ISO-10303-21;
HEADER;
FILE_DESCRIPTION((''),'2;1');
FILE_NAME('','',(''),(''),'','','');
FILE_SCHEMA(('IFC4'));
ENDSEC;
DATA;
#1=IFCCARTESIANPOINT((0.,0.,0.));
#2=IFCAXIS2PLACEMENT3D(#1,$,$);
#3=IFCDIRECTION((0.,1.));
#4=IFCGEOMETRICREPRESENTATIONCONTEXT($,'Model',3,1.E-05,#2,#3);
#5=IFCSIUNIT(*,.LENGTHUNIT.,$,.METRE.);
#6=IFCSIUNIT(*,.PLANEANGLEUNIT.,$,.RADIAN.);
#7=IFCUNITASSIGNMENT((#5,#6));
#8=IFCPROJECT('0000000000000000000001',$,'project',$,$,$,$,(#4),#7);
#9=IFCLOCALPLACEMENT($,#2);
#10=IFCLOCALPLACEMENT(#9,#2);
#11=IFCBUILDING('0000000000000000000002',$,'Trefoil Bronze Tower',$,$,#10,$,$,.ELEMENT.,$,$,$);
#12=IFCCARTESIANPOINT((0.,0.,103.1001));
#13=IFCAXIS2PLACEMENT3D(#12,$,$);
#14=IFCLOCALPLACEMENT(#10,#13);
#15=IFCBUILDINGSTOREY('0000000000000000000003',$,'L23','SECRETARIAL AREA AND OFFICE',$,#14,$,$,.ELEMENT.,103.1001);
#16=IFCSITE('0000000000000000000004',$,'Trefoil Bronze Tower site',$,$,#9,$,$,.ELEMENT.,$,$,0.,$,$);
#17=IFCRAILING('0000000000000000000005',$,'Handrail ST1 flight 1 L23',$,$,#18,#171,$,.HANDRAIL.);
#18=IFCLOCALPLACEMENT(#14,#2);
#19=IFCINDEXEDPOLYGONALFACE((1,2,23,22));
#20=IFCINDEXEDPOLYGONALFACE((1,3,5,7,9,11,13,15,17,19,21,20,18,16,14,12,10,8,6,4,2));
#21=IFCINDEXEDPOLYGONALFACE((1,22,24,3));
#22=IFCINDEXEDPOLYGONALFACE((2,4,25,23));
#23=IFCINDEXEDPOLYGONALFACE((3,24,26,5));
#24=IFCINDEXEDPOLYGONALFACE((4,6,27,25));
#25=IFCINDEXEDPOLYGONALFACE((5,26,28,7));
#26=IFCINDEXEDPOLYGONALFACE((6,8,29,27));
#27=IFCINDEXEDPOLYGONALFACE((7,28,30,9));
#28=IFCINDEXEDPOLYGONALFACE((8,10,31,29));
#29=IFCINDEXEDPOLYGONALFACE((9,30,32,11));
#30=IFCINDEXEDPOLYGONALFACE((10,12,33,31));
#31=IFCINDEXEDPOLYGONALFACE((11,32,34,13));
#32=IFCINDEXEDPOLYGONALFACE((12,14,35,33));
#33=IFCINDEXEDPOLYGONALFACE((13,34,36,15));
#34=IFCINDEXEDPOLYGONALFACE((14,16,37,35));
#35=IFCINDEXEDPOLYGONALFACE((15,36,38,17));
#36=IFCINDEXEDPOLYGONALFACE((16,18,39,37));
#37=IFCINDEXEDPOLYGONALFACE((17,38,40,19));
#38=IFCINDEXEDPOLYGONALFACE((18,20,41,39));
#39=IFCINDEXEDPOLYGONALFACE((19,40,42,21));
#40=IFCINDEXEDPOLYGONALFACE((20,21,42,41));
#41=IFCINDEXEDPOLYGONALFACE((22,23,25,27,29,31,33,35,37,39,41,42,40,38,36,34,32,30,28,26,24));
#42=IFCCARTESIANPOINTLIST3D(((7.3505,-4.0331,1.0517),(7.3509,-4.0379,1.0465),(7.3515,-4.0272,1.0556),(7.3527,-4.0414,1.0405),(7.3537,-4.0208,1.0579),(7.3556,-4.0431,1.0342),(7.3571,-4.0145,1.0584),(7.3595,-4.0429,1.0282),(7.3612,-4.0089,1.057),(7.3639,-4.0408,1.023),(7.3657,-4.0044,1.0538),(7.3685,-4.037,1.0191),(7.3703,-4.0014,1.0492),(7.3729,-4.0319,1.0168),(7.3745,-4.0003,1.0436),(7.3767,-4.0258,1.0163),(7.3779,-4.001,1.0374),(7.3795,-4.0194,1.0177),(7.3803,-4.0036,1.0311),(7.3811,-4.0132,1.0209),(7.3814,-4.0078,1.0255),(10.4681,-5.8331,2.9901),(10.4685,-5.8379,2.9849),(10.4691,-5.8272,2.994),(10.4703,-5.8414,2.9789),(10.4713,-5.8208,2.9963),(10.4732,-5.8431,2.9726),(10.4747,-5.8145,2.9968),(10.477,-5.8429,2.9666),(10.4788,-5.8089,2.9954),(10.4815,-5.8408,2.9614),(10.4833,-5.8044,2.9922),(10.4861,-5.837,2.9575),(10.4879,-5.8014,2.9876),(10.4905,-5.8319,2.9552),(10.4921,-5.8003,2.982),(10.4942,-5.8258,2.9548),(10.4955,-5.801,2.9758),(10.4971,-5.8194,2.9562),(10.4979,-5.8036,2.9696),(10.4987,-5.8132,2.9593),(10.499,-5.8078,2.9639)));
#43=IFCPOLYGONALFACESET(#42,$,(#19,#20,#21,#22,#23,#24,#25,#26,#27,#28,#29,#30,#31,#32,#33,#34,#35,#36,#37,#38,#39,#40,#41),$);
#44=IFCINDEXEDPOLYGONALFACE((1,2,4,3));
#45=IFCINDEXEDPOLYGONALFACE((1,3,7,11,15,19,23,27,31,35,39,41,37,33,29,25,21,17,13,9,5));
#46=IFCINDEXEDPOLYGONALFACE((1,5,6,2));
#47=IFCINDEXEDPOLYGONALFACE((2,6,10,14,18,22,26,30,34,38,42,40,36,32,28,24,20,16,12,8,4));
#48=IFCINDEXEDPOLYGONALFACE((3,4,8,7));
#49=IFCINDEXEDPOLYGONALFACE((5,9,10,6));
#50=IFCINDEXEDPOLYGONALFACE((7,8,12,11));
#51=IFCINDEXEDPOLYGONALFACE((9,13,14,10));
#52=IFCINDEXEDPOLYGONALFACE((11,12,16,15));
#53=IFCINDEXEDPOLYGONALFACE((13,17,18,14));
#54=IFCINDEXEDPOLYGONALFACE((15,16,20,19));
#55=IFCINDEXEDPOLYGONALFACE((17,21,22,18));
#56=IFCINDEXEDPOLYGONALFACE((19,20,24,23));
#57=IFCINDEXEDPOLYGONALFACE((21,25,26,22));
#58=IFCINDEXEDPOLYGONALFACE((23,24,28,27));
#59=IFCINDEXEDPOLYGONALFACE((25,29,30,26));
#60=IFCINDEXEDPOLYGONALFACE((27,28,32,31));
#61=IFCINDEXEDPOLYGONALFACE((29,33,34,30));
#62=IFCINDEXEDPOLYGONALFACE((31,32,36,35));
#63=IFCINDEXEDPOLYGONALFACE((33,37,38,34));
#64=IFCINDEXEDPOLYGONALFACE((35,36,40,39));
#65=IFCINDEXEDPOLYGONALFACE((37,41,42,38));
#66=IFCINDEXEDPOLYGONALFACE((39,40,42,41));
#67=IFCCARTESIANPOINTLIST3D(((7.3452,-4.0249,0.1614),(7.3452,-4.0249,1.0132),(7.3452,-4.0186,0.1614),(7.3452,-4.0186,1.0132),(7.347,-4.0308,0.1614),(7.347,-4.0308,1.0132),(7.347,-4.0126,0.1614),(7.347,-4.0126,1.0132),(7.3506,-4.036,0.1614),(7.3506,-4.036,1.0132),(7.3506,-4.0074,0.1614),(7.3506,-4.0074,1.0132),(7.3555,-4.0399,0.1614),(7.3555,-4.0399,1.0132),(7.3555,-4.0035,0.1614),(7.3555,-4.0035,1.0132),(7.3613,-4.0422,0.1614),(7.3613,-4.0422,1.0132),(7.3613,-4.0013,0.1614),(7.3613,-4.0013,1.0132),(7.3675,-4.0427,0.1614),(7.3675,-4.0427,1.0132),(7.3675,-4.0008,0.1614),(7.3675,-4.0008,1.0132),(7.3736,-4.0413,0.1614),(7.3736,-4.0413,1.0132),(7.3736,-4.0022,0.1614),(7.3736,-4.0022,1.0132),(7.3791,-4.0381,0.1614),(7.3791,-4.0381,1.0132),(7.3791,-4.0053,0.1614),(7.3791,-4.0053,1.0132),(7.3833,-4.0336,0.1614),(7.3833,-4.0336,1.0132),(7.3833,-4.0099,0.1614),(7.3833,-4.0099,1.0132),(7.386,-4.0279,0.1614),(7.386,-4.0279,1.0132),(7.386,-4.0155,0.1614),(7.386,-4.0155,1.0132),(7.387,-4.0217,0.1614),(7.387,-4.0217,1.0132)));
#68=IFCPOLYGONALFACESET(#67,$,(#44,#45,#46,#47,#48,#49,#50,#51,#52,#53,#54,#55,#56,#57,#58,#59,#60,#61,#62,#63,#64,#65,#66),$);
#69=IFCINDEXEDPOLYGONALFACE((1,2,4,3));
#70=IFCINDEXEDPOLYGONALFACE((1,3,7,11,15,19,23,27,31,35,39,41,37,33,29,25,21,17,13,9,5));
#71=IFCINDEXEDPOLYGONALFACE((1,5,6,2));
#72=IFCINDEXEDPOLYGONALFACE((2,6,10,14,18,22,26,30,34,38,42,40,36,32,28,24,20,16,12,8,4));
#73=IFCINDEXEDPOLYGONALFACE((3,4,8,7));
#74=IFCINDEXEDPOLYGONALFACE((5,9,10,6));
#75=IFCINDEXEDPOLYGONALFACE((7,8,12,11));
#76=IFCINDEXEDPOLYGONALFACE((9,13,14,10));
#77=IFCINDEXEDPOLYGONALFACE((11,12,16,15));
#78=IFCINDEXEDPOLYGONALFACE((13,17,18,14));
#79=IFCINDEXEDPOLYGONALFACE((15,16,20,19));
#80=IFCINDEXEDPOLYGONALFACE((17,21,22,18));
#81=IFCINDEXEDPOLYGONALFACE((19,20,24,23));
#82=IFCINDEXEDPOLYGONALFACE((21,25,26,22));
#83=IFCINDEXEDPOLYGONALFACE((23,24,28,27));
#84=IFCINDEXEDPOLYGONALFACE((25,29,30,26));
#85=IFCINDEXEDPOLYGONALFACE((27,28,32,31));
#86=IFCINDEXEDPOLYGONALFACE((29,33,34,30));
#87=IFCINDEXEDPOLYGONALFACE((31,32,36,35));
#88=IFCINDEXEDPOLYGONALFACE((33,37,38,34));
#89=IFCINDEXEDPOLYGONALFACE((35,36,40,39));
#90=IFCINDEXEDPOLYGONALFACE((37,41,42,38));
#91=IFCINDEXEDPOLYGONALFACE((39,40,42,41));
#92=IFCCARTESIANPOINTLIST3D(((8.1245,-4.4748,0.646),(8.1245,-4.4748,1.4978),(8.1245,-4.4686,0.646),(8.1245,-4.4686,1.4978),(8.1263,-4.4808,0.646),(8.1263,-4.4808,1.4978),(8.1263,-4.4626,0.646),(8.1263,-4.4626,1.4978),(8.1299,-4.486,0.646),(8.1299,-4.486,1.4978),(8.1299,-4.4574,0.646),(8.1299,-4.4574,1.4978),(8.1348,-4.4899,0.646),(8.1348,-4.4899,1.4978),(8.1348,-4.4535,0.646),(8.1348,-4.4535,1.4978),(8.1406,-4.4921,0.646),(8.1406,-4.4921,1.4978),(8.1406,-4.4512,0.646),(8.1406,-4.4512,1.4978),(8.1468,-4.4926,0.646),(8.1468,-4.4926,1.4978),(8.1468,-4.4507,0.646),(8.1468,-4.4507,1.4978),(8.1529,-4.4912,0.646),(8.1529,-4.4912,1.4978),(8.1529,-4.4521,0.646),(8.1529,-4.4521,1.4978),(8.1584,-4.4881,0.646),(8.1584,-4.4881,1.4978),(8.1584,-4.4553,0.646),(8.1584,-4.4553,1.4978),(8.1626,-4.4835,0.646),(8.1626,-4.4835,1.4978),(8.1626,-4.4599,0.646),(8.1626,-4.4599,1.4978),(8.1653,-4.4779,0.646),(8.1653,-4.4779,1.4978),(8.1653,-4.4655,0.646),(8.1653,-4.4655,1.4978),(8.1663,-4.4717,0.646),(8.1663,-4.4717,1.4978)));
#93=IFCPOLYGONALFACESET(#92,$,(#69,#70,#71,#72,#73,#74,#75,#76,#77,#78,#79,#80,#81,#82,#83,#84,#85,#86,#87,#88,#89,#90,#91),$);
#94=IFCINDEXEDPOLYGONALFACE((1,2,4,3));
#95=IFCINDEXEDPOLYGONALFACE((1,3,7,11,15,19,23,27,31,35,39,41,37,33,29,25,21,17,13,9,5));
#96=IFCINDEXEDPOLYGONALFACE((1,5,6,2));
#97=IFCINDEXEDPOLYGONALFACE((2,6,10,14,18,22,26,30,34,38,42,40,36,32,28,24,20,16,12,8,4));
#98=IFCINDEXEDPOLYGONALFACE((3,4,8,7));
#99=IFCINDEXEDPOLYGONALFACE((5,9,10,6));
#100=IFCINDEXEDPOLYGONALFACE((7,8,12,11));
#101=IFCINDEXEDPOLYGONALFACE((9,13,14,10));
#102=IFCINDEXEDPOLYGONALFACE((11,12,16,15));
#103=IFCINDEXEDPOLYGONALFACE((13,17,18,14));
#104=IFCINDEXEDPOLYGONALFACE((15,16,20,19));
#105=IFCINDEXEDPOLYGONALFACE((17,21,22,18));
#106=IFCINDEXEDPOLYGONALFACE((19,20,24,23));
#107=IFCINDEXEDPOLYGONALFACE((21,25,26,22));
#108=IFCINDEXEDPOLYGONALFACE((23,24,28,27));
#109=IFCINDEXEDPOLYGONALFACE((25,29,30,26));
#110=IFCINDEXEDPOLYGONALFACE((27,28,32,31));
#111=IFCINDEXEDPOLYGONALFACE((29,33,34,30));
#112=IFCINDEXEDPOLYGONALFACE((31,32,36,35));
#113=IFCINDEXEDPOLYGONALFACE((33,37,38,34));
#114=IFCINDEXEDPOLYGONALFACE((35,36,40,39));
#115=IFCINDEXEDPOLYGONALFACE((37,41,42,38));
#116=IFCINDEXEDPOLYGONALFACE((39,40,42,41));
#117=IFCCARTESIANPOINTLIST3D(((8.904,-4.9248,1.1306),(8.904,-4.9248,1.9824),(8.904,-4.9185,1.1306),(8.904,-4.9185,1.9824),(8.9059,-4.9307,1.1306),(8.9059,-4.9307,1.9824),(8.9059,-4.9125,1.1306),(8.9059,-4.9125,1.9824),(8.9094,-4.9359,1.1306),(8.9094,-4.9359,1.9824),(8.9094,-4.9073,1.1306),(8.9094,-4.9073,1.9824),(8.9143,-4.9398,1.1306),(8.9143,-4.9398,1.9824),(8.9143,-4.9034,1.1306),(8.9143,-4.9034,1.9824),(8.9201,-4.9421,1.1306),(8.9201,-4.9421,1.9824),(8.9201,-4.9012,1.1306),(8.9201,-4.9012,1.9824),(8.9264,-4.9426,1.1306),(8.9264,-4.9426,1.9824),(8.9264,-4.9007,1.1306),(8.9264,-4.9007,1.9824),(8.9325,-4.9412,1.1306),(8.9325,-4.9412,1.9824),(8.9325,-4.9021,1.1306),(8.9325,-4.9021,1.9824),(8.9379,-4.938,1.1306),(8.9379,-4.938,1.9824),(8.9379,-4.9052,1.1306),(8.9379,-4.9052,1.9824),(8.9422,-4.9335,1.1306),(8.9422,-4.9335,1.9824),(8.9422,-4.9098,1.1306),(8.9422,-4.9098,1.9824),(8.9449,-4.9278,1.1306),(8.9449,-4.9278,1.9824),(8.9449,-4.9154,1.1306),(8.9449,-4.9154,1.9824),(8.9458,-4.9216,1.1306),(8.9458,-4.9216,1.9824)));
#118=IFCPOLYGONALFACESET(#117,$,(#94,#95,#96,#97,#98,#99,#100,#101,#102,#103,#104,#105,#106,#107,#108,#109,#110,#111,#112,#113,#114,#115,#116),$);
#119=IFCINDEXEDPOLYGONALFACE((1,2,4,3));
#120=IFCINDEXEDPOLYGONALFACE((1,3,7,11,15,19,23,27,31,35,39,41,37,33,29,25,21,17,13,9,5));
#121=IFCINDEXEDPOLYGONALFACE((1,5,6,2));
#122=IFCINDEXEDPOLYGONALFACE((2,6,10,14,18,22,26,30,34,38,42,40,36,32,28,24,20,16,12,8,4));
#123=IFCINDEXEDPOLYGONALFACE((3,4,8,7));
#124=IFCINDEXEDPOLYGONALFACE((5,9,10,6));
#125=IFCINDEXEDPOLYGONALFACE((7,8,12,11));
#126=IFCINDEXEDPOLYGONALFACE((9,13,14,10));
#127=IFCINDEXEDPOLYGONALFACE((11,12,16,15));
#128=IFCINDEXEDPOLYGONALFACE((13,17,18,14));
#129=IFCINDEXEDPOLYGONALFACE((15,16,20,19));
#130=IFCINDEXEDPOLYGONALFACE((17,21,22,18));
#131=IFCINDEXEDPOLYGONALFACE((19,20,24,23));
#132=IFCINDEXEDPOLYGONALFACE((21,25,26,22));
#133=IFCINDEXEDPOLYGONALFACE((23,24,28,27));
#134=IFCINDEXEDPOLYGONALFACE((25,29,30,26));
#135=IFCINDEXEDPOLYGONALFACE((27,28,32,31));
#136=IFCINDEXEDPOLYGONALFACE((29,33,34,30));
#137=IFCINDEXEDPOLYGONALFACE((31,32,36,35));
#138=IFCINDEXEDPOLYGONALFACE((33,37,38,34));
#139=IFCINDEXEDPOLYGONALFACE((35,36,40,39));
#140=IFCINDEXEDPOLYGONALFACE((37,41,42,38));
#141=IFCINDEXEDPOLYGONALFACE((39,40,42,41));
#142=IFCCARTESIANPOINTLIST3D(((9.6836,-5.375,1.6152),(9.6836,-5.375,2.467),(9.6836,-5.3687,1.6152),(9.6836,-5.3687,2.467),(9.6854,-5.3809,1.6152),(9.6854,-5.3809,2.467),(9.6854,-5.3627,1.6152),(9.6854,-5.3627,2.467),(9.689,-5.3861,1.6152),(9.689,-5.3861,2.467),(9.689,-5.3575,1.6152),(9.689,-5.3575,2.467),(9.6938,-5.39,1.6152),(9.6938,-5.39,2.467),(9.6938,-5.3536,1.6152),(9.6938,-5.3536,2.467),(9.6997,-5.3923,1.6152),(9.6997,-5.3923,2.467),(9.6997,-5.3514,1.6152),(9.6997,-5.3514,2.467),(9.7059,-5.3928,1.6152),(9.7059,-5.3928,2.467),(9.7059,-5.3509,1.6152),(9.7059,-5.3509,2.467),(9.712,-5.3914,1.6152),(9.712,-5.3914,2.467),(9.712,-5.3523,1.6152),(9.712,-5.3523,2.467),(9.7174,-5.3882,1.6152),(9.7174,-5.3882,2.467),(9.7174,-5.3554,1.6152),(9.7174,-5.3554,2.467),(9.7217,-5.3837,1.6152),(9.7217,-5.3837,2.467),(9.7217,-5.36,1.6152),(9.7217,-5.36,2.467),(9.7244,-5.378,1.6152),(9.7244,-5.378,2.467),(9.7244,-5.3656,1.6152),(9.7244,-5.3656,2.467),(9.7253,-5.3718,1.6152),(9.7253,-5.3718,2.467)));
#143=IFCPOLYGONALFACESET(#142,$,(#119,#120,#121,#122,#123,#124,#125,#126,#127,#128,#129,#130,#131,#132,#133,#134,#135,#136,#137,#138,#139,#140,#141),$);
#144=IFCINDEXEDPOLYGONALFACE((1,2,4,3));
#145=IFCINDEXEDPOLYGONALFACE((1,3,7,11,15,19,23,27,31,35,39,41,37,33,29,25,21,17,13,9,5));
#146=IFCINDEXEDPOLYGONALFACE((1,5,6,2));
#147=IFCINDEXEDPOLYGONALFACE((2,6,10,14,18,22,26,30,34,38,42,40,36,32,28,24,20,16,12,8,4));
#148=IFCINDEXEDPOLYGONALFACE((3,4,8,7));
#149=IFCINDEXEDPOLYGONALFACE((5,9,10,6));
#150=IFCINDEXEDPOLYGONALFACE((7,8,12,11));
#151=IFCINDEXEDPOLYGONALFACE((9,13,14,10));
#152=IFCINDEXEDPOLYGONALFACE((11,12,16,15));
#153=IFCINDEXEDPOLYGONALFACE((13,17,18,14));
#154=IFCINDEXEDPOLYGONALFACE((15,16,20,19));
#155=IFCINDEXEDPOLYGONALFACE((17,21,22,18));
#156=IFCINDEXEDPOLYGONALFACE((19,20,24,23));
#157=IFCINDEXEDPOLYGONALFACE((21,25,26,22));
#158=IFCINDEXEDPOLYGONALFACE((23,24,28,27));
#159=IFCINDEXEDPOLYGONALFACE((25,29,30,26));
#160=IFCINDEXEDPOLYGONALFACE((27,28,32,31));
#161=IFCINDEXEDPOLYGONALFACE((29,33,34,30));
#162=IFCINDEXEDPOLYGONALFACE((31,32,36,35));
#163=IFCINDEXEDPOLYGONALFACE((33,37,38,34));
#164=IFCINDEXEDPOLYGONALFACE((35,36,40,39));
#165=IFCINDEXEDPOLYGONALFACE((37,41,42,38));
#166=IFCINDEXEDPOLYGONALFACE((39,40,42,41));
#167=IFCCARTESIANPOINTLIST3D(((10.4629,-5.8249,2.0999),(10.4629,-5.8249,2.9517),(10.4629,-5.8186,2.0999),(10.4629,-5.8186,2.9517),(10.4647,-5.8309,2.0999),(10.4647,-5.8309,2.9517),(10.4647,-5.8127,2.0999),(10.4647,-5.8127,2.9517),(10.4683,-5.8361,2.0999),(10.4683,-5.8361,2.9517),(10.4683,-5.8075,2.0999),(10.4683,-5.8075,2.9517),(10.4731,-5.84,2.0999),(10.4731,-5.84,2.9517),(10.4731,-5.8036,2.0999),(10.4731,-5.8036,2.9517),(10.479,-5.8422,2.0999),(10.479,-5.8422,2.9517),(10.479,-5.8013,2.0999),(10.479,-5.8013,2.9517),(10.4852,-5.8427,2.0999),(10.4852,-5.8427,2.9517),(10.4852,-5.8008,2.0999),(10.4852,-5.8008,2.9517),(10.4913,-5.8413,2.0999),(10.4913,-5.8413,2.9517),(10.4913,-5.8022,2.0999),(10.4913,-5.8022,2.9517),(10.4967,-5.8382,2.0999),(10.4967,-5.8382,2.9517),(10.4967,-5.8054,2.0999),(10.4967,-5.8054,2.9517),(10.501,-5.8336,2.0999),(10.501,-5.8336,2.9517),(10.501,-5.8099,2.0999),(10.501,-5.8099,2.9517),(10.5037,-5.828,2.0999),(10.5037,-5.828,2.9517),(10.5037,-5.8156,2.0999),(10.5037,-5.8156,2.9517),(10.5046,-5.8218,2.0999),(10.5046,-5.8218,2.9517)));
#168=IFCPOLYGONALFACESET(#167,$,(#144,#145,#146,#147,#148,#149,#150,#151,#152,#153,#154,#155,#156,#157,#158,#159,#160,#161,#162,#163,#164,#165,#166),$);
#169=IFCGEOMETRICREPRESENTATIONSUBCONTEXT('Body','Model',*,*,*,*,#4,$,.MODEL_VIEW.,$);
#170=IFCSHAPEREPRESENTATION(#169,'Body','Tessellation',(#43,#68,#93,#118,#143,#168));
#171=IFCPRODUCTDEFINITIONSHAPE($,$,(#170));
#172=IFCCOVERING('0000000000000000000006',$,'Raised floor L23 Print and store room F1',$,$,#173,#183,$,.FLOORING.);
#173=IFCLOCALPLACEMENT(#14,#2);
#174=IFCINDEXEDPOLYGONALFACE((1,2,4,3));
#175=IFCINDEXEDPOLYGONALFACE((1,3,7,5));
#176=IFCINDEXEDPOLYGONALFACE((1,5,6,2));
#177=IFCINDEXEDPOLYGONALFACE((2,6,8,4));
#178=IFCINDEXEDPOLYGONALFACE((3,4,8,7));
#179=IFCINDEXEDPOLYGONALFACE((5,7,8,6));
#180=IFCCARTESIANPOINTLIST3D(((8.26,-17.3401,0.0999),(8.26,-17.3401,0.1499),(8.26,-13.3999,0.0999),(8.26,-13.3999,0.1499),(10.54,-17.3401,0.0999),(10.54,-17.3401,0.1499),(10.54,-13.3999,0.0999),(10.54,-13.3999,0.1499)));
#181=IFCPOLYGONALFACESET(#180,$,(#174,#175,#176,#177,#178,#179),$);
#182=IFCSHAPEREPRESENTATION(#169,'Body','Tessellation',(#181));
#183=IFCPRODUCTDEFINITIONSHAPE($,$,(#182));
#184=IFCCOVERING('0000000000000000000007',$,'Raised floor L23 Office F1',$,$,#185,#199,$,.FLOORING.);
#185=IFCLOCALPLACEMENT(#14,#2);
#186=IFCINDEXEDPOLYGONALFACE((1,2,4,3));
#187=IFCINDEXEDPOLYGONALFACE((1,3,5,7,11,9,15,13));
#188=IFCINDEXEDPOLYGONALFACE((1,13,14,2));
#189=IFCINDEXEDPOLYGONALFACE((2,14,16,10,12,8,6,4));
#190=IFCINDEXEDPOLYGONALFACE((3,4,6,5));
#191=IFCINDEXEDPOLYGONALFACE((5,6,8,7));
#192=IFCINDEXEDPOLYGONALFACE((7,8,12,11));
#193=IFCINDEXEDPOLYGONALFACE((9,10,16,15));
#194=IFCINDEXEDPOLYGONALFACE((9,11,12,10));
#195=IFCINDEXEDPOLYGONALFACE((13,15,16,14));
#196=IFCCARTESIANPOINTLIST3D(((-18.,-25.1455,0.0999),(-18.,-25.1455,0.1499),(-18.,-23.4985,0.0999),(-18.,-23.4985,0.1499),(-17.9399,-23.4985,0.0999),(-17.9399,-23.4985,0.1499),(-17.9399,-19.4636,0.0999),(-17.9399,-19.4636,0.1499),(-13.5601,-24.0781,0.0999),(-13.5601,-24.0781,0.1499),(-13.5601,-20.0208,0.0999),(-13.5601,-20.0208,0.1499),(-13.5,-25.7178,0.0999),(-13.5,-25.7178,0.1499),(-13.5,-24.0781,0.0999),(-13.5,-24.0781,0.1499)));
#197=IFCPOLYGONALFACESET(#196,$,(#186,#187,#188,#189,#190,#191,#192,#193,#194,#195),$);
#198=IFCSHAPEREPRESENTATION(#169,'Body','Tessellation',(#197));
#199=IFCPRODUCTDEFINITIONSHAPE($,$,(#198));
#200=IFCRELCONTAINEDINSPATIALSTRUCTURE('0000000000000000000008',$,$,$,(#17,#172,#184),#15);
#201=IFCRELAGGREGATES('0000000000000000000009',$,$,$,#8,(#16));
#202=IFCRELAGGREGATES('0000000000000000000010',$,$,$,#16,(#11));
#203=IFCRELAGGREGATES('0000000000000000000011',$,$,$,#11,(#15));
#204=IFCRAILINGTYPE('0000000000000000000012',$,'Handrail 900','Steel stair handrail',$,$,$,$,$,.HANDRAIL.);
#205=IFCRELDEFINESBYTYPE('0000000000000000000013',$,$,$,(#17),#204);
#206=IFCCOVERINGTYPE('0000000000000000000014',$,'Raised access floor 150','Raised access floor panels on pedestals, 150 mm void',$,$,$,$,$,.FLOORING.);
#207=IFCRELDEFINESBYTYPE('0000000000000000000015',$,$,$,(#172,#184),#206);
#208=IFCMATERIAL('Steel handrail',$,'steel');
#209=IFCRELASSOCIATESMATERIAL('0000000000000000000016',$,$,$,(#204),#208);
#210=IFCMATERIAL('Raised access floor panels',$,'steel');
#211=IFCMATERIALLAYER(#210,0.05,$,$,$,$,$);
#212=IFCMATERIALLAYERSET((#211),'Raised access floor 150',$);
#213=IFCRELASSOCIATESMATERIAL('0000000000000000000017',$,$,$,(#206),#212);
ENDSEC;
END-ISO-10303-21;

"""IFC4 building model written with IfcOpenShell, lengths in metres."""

from ifc_helpers import new_model, si_unit, direction, frame, origin, origin_2d, place, context, subcontext, project, spatial, polyline, circle, outline, extrude, material, layer, layer_set, type_object, element, save


model = new_model("IFC4")

# Units and contexts
model_context = context("Model", 3, precision=1e-05, world=origin(), true_north=direction((0.0, 1.0)))
body_context = subcontext(model_context, "Body", "Model", "MODEL_VIEW")
ifc_project = project(units=[si_unit("LENGTHUNIT", "METRE"), si_unit("PLANEANGLEUNIT", "RADIAN")], contexts=[model_context])

# Site, building, storey
site_placement = place(None, origin())
site = spatial("IfcSite", under=ifc_project, at=site_placement, Name="Trefoil Bronze Tower site", CompositionType="ELEMENT", RefElevation=0.0)
building_placement = place(site_placement, origin())
building = spatial("IfcBuilding", under=site, at=building_placement, Name="Trefoil Bronze Tower", CompositionType="ELEMENT")
storey_placement = place(building_placement, frame((0.0, 0.0, 103.1001)))
storey = spatial("IfcBuildingStorey", under=building, at=storey_placement, Name="L23", Description="SECRETARIAL AREA AND OFFICE", CompositionType="ELEMENT", Elevation=103.1001)

# Railing
ifc_material_1 = material(Name="Steel handrail", Category="steel")
railing_type = type_object("IfcRailingType", Name="Handrail 900", Description="Steel stair handrail", PredefinedType="HANDRAIL", material=ifc_material_1)
railing_placement = place(storey_placement, frame((7.366, -4.0217, 0.1614)))
element("IfcRailing", 1, at=railing_placement, inside=storey, type_object=railing_type, Name="Handrail ST1 flight 1 L23", PredefinedType="HANDRAIL", context=body_context, shape_type="SweptSolid", body=[
    extrude(circle(Radius=0.0239, at=origin_2d()), frame((0.0, 0.0, 0.876), z_axis=(0.762503, -0.440246, 0.474102), x_axis=(0.500012, 0.866018, 0.0)), (0.0, 0.0, 1.0), 4.0886),
    extrude(circle(Radius=0.021, at=origin_2d()), origin(), (0.0, 0.0, 1.0), 0.8518),
    extrude(circle(Radius=0.021, at=origin_2d()), frame((0.7793, -0.45, 0.4846)), (0.0, 0.0, 1.0), 0.8518),
    extrude(circle(Radius=0.021, at=origin_2d()), frame((1.5588, -0.8999, 0.9692)), (0.0, 0.0, 1.0), 0.8518),
    extrude(circle(Radius=0.021, at=origin_2d()), frame((2.3384, -1.3501, 1.4539)), (0.0, 0.0, 1.0), 0.8518),
    extrude(circle(Radius=0.021, at=origin_2d()), frame((3.1177, -1.8, 1.9385)), (0.0, 0.0, 1.0), 0.8518),
])

# Coverings
ifc_material_2 = material(Name="Raised access floor panels", Category="steel")
ifc_layer_1 = layer(ifc_material_2, 0.05)
ifc_layer_set_1 = layer_set([ifc_layer_1], Name="Raised access floor 150")
covering_type = type_object("IfcCoveringType", Name="Raised access floor 150", Description="Raised access floor panels on pedestals, 150 mm void", PredefinedType="FLOORING", material=ifc_layer_set_1)
covering_1_placement = place(storey_placement, frame((0.0, 0.0, 0.0999)))
element("IfcCovering", 2, at=covering_1_placement, inside=storey, type_object=covering_type, Name="Raised floor L23 Print and store room F1", PredefinedType="FLOORING", context=body_context, shape_type="SweptSolid", body=[
    extrude(outline(polyline([(10.54, -13.3999), (10.54, -17.3401), (8.26, -17.3401), (8.26, -13.3999), (10.54, -13.3999)])), origin(), (0.0, 0.0, 1.0), 0.05),
])
covering_2_placement = place(storey_placement, frame((0.0, 0.0, 0.0999)))
element("IfcCovering", 3, at=covering_2_placement, inside=storey, type_object=covering_type, Name="Raised floor L23 Office F1", PredefinedType="FLOORING", context=body_context, shape_type="SweptSolid", body=[
    extrude(outline(polyline([(-13.5, -25.7178), (-18.0, -25.1455), (-18.0, -23.4985), (-17.9399, -23.4985), (-17.9399, -19.4636), (-13.5601, -20.0208), (-13.5601, -24.0781), (-13.5, -24.0781), (-13.5, -25.7178)])), origin(), (0.0, 0.0, 1.0), 0.05),
])

save(model, "model.ifc")
